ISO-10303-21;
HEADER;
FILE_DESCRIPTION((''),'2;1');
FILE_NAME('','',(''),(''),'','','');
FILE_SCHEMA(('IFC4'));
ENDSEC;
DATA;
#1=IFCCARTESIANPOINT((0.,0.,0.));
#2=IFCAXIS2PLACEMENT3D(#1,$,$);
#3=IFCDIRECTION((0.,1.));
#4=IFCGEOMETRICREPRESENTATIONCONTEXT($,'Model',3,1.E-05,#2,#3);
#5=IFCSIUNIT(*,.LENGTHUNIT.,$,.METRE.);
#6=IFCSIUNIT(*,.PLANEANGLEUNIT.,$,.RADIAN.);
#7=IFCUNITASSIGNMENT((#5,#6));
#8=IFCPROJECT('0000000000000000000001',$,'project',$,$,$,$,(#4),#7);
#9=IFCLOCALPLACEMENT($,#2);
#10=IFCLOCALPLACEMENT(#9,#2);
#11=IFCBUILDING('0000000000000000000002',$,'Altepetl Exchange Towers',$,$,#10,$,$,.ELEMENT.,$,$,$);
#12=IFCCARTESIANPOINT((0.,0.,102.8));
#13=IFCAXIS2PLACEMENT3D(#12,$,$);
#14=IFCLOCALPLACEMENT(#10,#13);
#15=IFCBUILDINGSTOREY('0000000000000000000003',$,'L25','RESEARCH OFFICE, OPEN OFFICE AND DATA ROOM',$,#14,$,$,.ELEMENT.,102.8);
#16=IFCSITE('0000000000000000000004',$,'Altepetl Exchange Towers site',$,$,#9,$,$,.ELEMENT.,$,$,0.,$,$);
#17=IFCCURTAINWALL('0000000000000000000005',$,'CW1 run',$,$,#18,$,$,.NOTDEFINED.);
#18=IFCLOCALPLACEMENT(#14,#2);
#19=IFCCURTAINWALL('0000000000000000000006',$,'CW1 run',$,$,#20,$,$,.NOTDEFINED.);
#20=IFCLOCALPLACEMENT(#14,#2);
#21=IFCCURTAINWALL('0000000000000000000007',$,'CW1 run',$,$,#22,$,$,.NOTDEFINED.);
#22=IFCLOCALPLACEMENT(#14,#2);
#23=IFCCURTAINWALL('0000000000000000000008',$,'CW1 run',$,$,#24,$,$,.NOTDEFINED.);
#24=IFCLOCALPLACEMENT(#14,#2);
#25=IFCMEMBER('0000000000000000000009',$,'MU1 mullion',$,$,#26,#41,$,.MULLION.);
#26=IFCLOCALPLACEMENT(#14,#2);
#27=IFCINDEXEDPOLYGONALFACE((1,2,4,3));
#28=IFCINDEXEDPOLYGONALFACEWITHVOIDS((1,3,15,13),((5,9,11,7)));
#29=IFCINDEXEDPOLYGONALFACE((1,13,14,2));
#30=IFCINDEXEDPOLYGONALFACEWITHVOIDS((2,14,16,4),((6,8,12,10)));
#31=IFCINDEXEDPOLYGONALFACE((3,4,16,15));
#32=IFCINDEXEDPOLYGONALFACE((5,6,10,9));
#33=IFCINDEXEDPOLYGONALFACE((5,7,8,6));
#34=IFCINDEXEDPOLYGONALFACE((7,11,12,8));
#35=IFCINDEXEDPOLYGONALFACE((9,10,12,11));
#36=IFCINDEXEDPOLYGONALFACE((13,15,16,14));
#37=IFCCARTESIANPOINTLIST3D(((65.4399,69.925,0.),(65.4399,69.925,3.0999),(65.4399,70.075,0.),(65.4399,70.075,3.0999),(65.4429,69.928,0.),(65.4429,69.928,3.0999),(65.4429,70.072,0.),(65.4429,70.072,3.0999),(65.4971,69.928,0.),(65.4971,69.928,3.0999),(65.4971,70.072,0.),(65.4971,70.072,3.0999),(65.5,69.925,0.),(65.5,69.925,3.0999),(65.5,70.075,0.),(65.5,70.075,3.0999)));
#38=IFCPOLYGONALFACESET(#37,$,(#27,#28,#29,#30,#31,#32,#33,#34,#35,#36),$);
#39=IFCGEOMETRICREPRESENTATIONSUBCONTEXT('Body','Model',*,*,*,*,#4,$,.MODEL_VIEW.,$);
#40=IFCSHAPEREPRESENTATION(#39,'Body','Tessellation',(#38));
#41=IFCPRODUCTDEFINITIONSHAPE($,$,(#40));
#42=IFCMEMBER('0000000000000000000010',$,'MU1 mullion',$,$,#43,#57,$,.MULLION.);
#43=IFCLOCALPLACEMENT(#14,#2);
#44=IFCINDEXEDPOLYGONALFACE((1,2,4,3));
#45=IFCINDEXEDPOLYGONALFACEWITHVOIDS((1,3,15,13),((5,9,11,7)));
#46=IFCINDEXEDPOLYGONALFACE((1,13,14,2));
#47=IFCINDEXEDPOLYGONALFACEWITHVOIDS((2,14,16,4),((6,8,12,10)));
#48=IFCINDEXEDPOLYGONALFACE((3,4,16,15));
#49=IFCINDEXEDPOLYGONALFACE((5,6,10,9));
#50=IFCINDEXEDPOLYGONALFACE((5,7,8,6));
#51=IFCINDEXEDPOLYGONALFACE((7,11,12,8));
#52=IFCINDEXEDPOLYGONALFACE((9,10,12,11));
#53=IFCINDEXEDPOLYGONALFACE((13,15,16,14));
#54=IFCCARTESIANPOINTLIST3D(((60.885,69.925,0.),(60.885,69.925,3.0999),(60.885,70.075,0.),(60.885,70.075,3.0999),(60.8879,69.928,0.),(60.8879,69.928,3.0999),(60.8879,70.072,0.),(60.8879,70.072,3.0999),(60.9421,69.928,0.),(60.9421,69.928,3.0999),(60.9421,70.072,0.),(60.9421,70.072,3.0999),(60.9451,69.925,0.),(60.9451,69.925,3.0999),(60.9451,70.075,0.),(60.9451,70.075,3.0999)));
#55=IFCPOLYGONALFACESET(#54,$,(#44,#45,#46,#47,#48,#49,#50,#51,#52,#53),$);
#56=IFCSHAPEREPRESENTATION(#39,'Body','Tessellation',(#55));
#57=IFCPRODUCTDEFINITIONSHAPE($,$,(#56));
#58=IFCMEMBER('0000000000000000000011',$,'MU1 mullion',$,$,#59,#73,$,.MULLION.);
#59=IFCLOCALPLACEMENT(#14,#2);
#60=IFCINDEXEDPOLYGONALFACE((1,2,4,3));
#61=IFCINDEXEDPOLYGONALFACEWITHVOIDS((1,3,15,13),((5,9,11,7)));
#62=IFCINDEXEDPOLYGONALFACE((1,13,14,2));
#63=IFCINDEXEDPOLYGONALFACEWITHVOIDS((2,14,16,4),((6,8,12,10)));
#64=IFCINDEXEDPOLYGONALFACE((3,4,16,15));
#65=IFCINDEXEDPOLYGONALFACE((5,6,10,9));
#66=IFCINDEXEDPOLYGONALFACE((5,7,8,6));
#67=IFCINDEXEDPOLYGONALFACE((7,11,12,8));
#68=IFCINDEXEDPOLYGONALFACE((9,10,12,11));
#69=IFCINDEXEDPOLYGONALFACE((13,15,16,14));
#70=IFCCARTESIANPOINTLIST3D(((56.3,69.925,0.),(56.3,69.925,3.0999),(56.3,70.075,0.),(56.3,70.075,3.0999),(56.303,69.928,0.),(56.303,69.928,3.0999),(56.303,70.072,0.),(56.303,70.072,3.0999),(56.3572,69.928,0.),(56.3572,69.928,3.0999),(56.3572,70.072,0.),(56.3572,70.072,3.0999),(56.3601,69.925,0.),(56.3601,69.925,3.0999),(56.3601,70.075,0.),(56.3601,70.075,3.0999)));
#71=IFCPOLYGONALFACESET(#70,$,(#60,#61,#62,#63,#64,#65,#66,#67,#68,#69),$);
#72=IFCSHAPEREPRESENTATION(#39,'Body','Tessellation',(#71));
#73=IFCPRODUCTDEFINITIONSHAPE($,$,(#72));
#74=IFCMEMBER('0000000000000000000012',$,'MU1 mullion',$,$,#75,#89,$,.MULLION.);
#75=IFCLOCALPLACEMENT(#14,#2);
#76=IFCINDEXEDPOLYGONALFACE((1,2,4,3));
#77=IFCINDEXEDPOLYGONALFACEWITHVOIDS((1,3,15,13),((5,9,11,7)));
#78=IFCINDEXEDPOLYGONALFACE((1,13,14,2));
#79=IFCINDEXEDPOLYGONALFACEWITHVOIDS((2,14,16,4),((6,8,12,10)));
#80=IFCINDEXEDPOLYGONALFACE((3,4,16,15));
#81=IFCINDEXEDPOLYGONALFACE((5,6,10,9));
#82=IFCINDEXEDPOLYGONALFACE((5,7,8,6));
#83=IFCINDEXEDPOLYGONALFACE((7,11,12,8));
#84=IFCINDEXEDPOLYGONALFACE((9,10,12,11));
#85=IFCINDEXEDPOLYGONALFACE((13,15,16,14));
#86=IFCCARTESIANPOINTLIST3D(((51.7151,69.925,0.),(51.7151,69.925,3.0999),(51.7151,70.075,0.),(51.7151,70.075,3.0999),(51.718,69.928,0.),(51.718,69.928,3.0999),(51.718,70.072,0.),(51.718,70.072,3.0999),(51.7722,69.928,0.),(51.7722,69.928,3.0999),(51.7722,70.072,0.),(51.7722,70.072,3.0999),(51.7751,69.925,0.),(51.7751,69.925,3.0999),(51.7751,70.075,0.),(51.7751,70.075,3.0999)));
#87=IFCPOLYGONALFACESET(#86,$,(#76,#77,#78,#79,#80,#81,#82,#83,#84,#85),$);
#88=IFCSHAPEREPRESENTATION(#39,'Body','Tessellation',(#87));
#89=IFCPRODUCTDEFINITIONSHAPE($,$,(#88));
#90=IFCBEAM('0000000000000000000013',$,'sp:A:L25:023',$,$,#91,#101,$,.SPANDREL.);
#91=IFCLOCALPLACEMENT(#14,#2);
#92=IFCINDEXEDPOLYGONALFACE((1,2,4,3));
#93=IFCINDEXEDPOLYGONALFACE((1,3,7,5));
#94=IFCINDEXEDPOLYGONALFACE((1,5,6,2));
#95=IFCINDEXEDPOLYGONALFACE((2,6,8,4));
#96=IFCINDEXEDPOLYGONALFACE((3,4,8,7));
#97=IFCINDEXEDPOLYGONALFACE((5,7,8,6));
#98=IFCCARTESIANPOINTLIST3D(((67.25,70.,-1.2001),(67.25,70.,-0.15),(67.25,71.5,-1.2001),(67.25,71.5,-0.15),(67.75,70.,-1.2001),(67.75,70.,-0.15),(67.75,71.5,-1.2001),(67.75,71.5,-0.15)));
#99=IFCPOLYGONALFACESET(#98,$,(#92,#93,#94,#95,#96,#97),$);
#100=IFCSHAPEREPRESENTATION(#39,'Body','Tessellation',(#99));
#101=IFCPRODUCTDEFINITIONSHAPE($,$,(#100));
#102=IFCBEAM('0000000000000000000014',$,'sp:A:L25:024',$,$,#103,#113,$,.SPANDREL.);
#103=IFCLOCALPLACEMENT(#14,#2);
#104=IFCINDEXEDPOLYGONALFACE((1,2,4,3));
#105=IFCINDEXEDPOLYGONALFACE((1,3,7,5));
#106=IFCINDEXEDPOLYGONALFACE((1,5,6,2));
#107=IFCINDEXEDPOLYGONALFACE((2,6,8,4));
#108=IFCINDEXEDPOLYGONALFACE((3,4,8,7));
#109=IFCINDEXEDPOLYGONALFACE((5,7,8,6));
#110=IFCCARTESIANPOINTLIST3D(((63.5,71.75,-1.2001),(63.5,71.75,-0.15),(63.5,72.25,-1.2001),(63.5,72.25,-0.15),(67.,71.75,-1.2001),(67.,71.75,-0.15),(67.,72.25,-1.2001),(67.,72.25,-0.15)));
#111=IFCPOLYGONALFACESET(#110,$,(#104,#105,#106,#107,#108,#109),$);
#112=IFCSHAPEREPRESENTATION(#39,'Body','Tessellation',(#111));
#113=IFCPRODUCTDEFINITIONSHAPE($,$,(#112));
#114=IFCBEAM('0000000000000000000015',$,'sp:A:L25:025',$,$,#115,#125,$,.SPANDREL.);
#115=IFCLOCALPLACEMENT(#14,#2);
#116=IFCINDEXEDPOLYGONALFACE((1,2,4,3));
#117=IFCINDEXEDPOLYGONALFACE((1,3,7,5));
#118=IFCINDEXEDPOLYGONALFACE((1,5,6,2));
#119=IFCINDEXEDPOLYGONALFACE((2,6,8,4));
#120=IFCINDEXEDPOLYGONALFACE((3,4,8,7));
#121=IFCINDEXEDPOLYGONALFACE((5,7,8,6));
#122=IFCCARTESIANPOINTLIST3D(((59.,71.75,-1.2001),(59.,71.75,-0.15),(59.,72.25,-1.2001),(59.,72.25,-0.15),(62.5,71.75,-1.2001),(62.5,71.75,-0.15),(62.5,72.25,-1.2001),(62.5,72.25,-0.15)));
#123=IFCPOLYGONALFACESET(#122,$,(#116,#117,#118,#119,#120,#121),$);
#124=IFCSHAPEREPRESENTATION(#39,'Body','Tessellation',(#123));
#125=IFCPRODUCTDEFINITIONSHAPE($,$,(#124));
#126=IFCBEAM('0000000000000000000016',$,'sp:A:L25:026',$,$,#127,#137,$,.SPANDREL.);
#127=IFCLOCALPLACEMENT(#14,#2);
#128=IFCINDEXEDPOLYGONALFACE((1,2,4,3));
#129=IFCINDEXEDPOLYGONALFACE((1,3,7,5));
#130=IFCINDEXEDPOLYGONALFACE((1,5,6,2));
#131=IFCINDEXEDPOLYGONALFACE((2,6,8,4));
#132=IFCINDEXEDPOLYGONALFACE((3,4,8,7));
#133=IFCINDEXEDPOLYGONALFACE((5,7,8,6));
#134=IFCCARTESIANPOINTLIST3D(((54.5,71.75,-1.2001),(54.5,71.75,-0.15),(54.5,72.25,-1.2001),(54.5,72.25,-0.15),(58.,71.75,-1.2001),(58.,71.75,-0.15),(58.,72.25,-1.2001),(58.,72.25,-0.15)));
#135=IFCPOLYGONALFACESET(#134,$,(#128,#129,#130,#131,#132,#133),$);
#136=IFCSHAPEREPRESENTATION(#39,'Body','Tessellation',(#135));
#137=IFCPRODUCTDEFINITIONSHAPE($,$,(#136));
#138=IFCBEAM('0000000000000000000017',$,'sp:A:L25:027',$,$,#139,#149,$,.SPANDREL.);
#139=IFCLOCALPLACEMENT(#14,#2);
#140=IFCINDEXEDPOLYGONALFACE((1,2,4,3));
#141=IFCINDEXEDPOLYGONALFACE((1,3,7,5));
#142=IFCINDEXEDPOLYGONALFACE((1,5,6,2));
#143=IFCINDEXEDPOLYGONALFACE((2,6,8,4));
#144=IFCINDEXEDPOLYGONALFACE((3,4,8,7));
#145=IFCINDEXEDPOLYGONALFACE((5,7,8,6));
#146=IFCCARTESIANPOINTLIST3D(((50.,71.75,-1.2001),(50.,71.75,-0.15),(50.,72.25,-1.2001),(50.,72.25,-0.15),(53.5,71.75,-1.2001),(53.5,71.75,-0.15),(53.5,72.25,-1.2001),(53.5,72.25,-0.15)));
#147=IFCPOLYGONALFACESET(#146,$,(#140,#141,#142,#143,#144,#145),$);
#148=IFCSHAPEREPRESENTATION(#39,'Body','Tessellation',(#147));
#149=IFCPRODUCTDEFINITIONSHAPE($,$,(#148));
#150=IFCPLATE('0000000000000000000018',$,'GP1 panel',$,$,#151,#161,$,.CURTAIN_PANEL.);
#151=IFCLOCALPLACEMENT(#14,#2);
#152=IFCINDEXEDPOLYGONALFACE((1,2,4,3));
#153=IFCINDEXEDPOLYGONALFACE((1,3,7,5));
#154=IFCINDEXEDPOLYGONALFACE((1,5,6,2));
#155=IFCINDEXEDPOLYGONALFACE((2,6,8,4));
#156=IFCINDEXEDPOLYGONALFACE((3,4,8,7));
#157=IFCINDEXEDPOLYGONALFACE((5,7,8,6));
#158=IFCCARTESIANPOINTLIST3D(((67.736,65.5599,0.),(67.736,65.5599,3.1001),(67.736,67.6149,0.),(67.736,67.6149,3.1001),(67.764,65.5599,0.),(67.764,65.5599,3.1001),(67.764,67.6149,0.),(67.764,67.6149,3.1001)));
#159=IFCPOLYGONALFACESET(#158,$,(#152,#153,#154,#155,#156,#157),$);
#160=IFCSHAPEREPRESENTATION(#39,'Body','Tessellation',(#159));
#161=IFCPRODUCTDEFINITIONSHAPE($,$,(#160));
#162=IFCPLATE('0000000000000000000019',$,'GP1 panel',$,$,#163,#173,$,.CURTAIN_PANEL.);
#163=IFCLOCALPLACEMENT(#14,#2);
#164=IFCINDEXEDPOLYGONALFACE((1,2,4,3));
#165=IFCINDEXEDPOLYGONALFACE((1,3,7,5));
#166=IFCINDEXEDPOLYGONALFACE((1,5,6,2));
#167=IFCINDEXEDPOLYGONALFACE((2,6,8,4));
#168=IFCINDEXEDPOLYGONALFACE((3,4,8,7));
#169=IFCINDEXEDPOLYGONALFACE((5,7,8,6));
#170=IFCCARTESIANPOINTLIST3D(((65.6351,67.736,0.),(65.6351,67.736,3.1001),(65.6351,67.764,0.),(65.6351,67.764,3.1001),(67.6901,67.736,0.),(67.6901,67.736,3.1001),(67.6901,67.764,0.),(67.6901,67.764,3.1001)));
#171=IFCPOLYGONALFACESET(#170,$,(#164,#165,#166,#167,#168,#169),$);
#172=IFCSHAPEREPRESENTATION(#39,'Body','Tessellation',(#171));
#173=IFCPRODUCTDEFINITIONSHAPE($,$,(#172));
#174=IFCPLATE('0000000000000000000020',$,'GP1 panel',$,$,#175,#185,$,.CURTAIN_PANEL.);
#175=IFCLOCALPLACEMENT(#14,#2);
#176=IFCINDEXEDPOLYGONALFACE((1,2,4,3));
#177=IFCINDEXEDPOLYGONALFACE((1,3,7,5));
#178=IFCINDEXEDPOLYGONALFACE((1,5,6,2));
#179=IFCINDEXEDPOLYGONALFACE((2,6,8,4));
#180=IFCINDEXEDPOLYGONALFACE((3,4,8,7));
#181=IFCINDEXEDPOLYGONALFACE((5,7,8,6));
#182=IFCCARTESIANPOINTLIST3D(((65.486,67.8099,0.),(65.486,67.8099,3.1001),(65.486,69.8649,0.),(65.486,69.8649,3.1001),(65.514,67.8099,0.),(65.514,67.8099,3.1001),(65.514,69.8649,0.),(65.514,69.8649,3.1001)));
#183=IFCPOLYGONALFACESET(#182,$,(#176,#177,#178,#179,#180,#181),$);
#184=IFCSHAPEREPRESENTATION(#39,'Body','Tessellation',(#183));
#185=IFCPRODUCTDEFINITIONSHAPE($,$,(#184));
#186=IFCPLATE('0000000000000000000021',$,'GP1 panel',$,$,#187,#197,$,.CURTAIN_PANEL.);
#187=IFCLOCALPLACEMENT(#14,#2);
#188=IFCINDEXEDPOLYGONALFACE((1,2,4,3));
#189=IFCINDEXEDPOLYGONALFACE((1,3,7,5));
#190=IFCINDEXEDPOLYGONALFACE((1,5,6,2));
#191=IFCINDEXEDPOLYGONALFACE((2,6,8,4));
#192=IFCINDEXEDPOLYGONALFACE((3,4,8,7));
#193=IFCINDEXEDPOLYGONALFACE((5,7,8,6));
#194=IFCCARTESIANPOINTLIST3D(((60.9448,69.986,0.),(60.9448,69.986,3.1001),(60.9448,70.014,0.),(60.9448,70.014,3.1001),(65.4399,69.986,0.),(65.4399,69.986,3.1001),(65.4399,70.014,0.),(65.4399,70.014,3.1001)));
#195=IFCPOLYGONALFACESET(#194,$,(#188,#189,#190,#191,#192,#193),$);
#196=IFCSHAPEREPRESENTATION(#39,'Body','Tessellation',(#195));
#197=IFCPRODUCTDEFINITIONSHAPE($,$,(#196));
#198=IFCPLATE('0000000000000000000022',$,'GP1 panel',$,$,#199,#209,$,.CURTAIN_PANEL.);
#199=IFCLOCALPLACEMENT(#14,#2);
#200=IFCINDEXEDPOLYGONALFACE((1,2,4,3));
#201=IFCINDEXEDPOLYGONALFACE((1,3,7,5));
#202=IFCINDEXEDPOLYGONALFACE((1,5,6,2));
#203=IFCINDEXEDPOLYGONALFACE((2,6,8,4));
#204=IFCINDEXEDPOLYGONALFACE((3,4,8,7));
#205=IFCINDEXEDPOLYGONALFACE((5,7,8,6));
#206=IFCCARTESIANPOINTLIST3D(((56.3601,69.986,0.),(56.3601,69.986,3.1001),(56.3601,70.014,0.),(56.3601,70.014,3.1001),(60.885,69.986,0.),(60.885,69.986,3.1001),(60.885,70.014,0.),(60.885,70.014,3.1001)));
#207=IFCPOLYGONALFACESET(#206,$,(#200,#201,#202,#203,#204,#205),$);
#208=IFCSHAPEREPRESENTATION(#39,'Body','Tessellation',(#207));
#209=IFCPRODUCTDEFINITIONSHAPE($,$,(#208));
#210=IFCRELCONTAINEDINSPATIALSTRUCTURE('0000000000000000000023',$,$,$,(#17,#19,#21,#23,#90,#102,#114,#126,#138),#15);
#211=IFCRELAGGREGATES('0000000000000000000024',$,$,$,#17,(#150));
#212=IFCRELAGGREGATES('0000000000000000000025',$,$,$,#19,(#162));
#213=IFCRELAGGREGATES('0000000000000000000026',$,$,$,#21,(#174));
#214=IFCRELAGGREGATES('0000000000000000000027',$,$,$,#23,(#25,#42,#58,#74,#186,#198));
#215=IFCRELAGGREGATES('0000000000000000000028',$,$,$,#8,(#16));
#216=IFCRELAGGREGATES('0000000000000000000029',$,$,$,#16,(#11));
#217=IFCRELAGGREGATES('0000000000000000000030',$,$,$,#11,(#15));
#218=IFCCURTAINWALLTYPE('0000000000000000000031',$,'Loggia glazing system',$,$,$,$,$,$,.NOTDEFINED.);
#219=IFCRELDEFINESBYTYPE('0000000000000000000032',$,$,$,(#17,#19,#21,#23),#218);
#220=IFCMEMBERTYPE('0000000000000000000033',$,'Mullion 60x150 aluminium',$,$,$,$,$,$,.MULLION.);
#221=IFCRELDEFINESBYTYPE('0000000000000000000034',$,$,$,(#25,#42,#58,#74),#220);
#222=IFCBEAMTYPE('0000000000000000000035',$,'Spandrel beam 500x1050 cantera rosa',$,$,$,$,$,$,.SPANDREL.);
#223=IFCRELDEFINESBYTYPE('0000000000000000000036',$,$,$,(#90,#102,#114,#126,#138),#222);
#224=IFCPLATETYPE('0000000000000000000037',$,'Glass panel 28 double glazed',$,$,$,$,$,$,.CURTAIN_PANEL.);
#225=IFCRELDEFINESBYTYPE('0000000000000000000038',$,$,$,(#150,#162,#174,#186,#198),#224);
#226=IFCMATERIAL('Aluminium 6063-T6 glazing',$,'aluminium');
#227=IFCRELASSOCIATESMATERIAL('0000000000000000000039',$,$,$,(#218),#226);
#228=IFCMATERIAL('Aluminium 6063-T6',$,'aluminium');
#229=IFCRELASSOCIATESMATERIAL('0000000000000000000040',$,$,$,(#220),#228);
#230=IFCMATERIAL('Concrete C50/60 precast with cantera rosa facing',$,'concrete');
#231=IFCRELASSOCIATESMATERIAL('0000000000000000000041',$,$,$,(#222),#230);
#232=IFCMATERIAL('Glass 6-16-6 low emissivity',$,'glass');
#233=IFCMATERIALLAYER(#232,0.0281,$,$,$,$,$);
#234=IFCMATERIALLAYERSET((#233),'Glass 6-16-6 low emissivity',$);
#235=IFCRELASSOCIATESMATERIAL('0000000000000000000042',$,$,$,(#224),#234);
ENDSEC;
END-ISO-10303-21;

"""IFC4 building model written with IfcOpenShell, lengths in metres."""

from ifc_helpers import new_model, si_unit, direction, frame, origin, origin_2d, place, context, subcontext, project, spatial, rectangle, hollow_rectangle, extrude, material, layer, layer_set, material_profile, profile_set, type_object, element, aggregate, save


model = new_model("IFC4")

# Units and contexts
model_context = context("Model", 3, precision=1e-05, world=origin(), true_north=direction((0.0, 1.0)))
body_context = subcontext(model_context, "Body", "Model", "MODEL_VIEW")
ifc_project = project(units=[si_unit("LENGTHUNIT", "METRE"), si_unit("PLANEANGLEUNIT", "RADIAN")], contexts=[model_context])

# Site, building, storey
site_placement = place(None, origin())
site = spatial("IfcSite", under=ifc_project, at=site_placement, Name="Altepetl Exchange Towers site", CompositionType="ELEMENT", RefElevation=0.0)
building_placement = place(site_placement, origin())
building = spatial("IfcBuilding", under=site, at=building_placement, Name="Altepetl Exchange Towers", CompositionType="ELEMENT")
storey_placement = place(building_placement, frame((0.0, 0.0, 102.8)))
storey = spatial("IfcBuildingStorey", under=building, at=storey_placement, Name="L25", Description="RESEARCH OFFICE, OPEN OFFICE AND DATA ROOM", CompositionType="ELEMENT", Elevation=102.8)

# Curtain walls, members
ifc_material_1 = material(Name="Aluminium 6063-T6 glazing", Category="aluminium")
curtain_wall_type = type_object("IfcCurtainWallType", Name="Loggia glazing system", PredefinedType="NOTDEFINED", material=ifc_material_1)
curtain_wall_1_placement = place(storey_placement, origin())
curtain_wall_1 = element("IfcCurtainWall", 1, at=curtain_wall_1_placement, inside=storey, type_object=curtain_wall_type, Name="CW1 run", PredefinedType="NOTDEFINED")
ifc_material_2 = material(Name="Aluminium 6063-T6", Category="aluminium")
ifc_material_profile_1 = material_profile(ifc_material_2, hollow_rectangle(XDim=0.0601, YDim=0.1499, WallThickness=0.0029, at=origin_2d()), Name="Mullion 60x150 aluminium")
ifc_profile_set_1 = profile_set([ifc_material_profile_1], Name="Aluminium 6063-T6")
member_type = type_object("IfcMemberType", Name="Mullion 60x150 aluminium", PredefinedType="MULLION", material=ifc_profile_set_1)
curtain_wall_2_placement = place(storey_placement, origin())
curtain_wall_2 = element("IfcCurtainWall", 2, at=curtain_wall_2_placement, inside=storey, type_object=curtain_wall_type, Name="CW1 run", PredefinedType="NOTDEFINED")
curtain_wall_3_placement = place(storey_placement, origin())
curtain_wall_3 = element("IfcCurtainWall", 3, at=curtain_wall_3_placement, inside=storey, type_object=curtain_wall_type, Name="CW1 run", PredefinedType="NOTDEFINED")
curtain_wall_4_placement = place(storey_placement, origin())
curtain_wall_4 = element("IfcCurtainWall", 4, at=curtain_wall_4_placement, inside=storey, type_object=curtain_wall_type, Name="CW1 run", PredefinedType="NOTDEFINED")
member_1_placement = place(storey_placement, frame((65.47, 70.0, 0.0), z_axis=(0.0, 0.0, 1.0), x_axis=(-1.0, 0.0, 0.0)))
member_1 = element("IfcMember", 5, at=member_1_placement, type_object=member_type, Name="MU1 mullion", PredefinedType="MULLION", context=body_context, shape_type="SweptSolid", body=[
    extrude(hollow_rectangle(XDim=0.0601, YDim=0.1499, WallThickness=0.0029, at=origin_2d()), origin(), (0.0, 0.0, 1.0), 3.0999),
])
member_2_placement = place(storey_placement, frame((60.915, 70.0, 0.0), z_axis=(0.0, 0.0, 1.0), x_axis=(-1.0, 0.0, 0.0)))
member_2 = element("IfcMember", 6, at=member_2_placement, type_object=member_type, Name="MU1 mullion", PredefinedType="MULLION", context=body_context, shape_type="SweptSolid", body=[
    extrude(hollow_rectangle(XDim=0.0601, YDim=0.1499, WallThickness=0.0029, at=origin_2d()), origin(), (0.0, 0.0, 1.0), 3.0999),
])
member_3_placement = place(storey_placement, frame((56.3301, 70.0, 0.0), z_axis=(0.0, 0.0, 1.0), x_axis=(-1.0, 0.0, 0.0)))
member_3 = element("IfcMember", 7, at=member_3_placement, type_object=member_type, Name="MU1 mullion", PredefinedType="MULLION", context=body_context, shape_type="SweptSolid", body=[
    extrude(hollow_rectangle(XDim=0.0601, YDim=0.1499, WallThickness=0.0029, at=origin_2d()), origin(), (0.0, 0.0, 1.0), 3.0999),
])
member_4_placement = place(storey_placement, frame((51.7451, 70.0, 0.0), z_axis=(0.0, 0.0, 1.0), x_axis=(-1.0, 0.0, 0.0)))
member_4 = element("IfcMember", 8, at=member_4_placement, type_object=member_type, Name="MU1 mullion", PredefinedType="MULLION", context=body_context, shape_type="SweptSolid", body=[
    extrude(hollow_rectangle(XDim=0.0601, YDim=0.1499, WallThickness=0.0029, at=origin_2d()), origin(), (0.0, 0.0, 1.0), 3.0999),
])

# Beams
ifc_material_3 = material(Name="Concrete C50/60 precast with cantera rosa facing", Category="concrete")
ifc_material_profile_2 = material_profile(ifc_material_3, rectangle(XDim=0.5, YDim=1.05, at=origin_2d()), Name="500 x 1050")
ifc_profile_set_2 = profile_set([ifc_material_profile_2], Name="Concrete C50/60 precast with cantera rosa facing")
beam_type_1 = type_object("IfcBeamType", Name="Spandrel beam 500x1050 cantera rosa", PredefinedType="SPANDREL", material=ifc_profile_set_2)
beam_1_placement = place(storey_placement, frame((67.5, 70.0, -0.675), z_axis=(0.0, 1.0, 0.0), x_axis=(-1.0, 0.0, 0.0)))
element("IfcBeam", 9, at=beam_1_placement, inside=storey, type_object=beam_type_1, Name="sp:A:L25:023", PredefinedType="SPANDREL", context=body_context, shape_type="SweptSolid", body=[
    extrude(rectangle(XDim=0.5, YDim=1.05, at=origin_2d()), origin(), (0.0, 0.0, 1.0), 1.5),
])
for number, where, z_axis, x_axis, name in (
    (10, (67.0, 72.0, -0.675), (-1.0, 0.0, 0.0), (0.0, -1.0, 0.0), "sp:A:L25:024"),
    (11, (62.5, 72.0, -0.675), (-1.0, 0.0, 0.0), (0.0, -1.0, 0.0), "sp:A:L25:025"),
    (12, (58.0, 72.0, -0.675), (-1.0, 0.0, 0.0), (0.0, -1.0, 0.0), "sp:A:L25:026"),
    (13, (53.5, 72.0, -0.675), (-1.0, 0.0, 0.0), (0.0, -1.0, 0.0), "sp:A:L25:027"),
):
    element("IfcBeam", number, at=place(storey_placement, frame(where, z_axis=z_axis, x_axis=x_axis)), inside=storey, type_object=beam_type_1, Name=name, PredefinedType="SPANDREL", context=body_context, shape_type="SweptSolid", body=[
        extrude(rectangle(XDim=0.5, YDim=1.05, at=origin_2d()), origin(), (0.0, 0.0, 1.0), 3.5),
    ])

# Plates
ifc_material_4 = material(Name="Glass 6-16-6 low emissivity", Category="glass")
ifc_layer_1 = layer(ifc_material_4, 0.0281)
ifc_layer_set_1 = layer_set([ifc_layer_1], Name="Glass 6-16-6 low emissivity")
plate_type = type_object("IfcPlateType", Name="Glass panel 28 double glazed", PredefinedType="CURTAIN_PANEL", material=ifc_layer_set_1)
plate_1_placement = place(storey_placement, frame((67.75, 66.5874, 0.0), z_axis=(0.0, 0.0, 1.0), x_axis=(0.0, 1.0, 0.0)))
plate_1 = element("IfcPlate", 14, at=plate_1_placement, type_object=plate_type, Name="GP1 panel", PredefinedType="CURTAIN_PANEL", context=body_context, shape_type="SweptSolid", body=[
    extrude(rectangle(XDim=2.0549, YDim=0.0281, at=origin_2d()), origin(), (0.0, 0.0, 1.0), 3.1001),
])
aggregate(curtain_wall_1, [plate_1])
plate_2_placement = place(storey_placement, frame((66.6626, 67.75, 0.0), z_axis=(0.0, 0.0, 1.0), x_axis=(-1.0, 0.0, 0.0)))
plate_2 = element("IfcPlate", 15, at=plate_2_placement, type_object=plate_type, Name="GP1 panel", PredefinedType="CURTAIN_PANEL", context=body_context, shape_type="SweptSolid", body=[
    extrude(rectangle(XDim=2.0549, YDim=0.0281, at=origin_2d()), origin(), (0.0, 0.0, 1.0), 3.1001),
])
aggregate(curtain_wall_2, [plate_2])
plate_3_placement = place(storey_placement, frame((65.5, 68.8374, 0.0), z_axis=(0.0, 0.0, 1.0), x_axis=(0.0, 1.0, 0.0)))
plate_3 = element("IfcPlate", 16, at=plate_3_placement, type_object=plate_type, Name="GP1 panel", PredefinedType="CURTAIN_PANEL", context=body_context, shape_type="SweptSolid", body=[
    extrude(rectangle(XDim=2.0549, YDim=0.0281, at=origin_2d()), origin(), (0.0, 0.0, 1.0), 3.1001),
])
aggregate(curtain_wall_3, [plate_3])
plate_4_placement = place(storey_placement, frame((63.1924, 70.0, 0.0), z_axis=(0.0, 0.0, 1.0), x_axis=(-1.0, 0.0, 0.0)))
plate_4 = element("IfcPlate", 17, at=plate_4_placement, type_object=plate_type, Name="GP1 panel", PredefinedType="CURTAIN_PANEL", context=body_context, shape_type="SweptSolid", body=[
    extrude(rectangle(XDim=4.4951, YDim=0.0281, at=origin_2d()), origin(), (0.0, 0.0, 1.0), 3.1001),
])
plate_5_placement = place(storey_placement, frame((58.6226, 70.0, 0.0), z_axis=(0.0, 0.0, 1.0), x_axis=(-1.0, 0.0, 0.0)))
plate_5 = element("IfcPlate", 18, at=plate_5_placement, type_object=plate_type, Name="GP1 panel", PredefinedType="CURTAIN_PANEL", context=body_context, shape_type="SweptSolid", body=[
    extrude(rectangle(XDim=4.5249, YDim=0.0281, at=origin_2d()), origin(), (0.0, 0.0, 1.0), 3.1001),
])
aggregate(curtain_wall_4, [member_1, member_2, member_3, member_4, plate_4, plate_5])

save(model, "model.ifc")
